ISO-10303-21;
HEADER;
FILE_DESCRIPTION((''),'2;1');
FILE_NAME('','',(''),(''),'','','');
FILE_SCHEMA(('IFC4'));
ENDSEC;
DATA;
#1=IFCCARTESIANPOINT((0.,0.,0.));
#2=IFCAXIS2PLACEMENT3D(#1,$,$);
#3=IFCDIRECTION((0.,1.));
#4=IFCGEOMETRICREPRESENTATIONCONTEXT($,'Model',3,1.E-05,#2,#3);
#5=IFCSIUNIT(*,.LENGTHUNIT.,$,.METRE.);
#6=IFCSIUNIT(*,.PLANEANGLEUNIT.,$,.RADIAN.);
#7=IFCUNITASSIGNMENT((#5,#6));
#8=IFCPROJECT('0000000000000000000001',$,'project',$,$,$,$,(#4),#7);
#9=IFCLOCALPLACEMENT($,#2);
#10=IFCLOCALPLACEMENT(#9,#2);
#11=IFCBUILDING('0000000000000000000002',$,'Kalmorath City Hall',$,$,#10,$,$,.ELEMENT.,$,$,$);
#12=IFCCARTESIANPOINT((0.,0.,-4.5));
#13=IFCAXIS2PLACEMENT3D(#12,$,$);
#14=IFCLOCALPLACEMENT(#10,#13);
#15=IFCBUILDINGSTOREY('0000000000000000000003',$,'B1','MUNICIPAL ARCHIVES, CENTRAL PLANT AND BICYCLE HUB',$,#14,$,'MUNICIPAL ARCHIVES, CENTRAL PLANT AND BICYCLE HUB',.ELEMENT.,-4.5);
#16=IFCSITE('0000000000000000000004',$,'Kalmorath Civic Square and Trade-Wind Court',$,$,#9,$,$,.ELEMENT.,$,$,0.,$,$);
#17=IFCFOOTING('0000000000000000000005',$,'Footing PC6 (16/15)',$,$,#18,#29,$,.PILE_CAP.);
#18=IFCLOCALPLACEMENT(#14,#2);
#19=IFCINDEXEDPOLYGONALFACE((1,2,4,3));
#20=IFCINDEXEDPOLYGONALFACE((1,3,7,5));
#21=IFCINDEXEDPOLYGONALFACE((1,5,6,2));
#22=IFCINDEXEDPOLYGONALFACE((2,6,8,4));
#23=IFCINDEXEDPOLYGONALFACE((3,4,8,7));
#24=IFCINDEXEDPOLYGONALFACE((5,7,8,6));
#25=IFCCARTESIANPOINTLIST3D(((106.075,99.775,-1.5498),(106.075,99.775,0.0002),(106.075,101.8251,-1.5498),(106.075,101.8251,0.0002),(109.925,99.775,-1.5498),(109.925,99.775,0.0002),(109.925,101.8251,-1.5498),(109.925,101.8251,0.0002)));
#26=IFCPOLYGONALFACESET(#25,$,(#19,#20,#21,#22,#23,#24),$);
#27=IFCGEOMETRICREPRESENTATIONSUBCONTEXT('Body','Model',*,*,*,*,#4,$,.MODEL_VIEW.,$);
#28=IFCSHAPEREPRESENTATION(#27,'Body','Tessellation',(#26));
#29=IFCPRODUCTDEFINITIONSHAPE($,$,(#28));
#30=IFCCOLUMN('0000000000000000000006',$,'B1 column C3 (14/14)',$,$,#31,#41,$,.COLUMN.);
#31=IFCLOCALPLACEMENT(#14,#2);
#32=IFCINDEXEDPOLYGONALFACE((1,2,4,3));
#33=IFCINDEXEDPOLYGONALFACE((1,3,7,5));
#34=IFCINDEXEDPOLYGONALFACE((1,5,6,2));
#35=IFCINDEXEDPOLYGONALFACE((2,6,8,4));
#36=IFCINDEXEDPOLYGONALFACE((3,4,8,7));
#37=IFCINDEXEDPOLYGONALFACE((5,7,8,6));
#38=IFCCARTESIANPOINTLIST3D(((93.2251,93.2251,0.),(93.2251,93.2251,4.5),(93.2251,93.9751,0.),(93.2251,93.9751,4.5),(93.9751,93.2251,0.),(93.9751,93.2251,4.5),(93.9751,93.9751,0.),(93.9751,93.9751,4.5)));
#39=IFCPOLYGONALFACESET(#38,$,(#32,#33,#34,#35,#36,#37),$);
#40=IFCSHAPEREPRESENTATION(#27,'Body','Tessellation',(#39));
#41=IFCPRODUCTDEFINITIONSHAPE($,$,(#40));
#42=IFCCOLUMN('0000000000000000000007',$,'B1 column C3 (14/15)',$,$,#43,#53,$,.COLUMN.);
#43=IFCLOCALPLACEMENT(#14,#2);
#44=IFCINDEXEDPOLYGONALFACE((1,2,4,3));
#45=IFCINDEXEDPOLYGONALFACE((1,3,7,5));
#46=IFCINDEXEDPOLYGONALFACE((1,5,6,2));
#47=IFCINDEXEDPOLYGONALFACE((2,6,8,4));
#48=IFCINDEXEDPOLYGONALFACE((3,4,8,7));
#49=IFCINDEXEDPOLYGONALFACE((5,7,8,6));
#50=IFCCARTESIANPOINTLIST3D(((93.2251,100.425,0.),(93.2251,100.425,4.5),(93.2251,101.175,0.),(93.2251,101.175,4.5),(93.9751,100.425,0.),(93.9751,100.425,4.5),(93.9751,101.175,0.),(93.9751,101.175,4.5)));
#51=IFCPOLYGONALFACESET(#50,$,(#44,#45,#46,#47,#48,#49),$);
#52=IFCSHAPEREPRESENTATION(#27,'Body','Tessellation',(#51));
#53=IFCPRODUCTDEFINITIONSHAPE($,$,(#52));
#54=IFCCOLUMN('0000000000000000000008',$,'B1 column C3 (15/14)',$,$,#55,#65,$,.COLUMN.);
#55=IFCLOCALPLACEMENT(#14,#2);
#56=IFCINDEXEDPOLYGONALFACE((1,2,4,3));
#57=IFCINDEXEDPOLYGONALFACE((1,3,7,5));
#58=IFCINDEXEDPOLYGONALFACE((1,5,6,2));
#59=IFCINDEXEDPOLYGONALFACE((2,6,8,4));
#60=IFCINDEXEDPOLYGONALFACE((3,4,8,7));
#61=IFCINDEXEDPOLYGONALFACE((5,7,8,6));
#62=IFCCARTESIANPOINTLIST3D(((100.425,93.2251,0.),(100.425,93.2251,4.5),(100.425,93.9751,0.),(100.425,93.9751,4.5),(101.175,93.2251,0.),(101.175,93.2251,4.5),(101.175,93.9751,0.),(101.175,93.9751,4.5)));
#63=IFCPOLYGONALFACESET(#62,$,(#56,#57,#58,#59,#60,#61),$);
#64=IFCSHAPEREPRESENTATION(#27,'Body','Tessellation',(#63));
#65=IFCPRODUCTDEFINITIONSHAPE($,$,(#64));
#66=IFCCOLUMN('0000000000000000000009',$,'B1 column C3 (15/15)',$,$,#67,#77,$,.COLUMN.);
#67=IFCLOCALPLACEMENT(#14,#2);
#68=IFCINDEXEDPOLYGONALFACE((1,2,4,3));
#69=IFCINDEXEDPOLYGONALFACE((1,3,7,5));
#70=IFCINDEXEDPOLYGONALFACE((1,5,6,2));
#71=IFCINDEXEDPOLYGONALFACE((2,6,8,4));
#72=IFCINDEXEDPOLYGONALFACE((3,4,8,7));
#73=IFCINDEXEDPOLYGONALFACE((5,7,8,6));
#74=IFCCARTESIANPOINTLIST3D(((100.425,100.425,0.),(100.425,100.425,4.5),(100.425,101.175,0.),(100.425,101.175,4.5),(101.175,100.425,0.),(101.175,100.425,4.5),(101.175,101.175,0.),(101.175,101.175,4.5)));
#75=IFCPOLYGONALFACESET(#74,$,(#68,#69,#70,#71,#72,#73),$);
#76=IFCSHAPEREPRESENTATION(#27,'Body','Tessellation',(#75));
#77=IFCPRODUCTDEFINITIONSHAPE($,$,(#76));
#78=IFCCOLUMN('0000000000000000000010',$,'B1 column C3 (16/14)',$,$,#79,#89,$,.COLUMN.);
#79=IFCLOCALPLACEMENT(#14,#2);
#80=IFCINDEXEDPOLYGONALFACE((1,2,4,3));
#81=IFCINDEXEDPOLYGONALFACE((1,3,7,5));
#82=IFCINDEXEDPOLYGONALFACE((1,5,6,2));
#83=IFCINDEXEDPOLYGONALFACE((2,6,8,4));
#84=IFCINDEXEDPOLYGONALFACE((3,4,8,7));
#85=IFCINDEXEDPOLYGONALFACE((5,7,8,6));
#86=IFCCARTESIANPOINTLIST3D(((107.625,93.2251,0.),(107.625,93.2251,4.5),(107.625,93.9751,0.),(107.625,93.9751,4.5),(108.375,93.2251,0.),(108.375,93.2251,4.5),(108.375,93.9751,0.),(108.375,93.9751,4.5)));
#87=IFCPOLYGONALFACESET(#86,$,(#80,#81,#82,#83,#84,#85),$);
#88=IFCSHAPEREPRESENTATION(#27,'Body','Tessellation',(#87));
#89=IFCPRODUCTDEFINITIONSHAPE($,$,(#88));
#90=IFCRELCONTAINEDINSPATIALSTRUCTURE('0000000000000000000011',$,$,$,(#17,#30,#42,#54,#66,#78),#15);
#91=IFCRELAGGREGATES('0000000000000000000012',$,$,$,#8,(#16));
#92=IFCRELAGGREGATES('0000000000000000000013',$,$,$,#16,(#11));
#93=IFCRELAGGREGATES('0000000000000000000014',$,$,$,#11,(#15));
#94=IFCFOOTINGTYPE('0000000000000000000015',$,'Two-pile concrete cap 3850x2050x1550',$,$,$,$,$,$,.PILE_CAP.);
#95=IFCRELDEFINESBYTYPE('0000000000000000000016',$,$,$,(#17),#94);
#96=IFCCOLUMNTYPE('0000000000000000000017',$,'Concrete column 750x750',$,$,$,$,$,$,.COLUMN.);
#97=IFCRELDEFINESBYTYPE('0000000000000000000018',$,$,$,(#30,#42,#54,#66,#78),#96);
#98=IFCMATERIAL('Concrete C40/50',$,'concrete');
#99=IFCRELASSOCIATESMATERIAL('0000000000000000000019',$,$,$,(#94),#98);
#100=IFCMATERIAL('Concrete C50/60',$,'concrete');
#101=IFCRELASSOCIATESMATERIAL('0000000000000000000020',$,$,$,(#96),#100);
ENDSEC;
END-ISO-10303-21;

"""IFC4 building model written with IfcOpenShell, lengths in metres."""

from ifc_helpers import new_model, si_unit, direction, frame, origin, origin_2d, place, context, subcontext, project, spatial, rectangle, extrude, material, material_profile, profile_set, type_object, element, save


model = new_model("IFC4")

# Units and contexts
model_context = context("Model", 3, precision=1e-05, world=origin(), true_north=direction((0.0, 1.0)))
body_context = subcontext(model_context, "Body", "Model", "MODEL_VIEW")
ifc_project = project(units=[si_unit("LENGTHUNIT", "METRE"), si_unit("PLANEANGLEUNIT", "RADIAN")], contexts=[model_context])

# Site, building, storey
site_placement = place(None, origin())
site = spatial("IfcSite", under=ifc_project, at=site_placement, Name="Kalmorath Civic Square and Trade-Wind Court", CompositionType="ELEMENT", RefElevation=0.0)
building_placement = place(site_placement, origin())
building = spatial("IfcBuilding", under=site, at=building_placement, Name="Kalmorath City Hall", CompositionType="ELEMENT")
storey_placement = place(building_placement, frame((0.0, 0.0, -4.5)))
storey = spatial("IfcBuildingStorey", under=building, at=storey_placement, Name="B1", Description="MUNICIPAL ARCHIVES, CENTRAL PLANT AND BICYCLE HUB", LongName="MUNICIPAL ARCHIVES, CENTRAL PLANT AND BICYCLE HUB", CompositionType="ELEMENT", Elevation=-4.5)

# Footing
ifc_material_1 = material(Name="Concrete C40/50", Category="concrete")
footing_type_1 = type_object("IfcFootingType", Name="Two-pile concrete cap 3850x2050x1550", PredefinedType="PILE_CAP", material=ifc_material_1)
for number, where, z_axis, x_axis, name in (
    (1, (108.0, 100.8, -1.5498), (0.0, 0.0, 1.0), (1.0, 0.0, 0.0), "Footing PC6 (16/15)"),
):
    element("IfcFooting", number, at=place(storey_placement, frame(where, z_axis=z_axis, x_axis=x_axis)), inside=storey, type_object=footing_type_1, Name=name, PredefinedType="PILE_CAP", context=body_context, shape_type="SweptSolid", body=[
        extrude(rectangle(XDim=3.8501, YDim=2.05, at=origin_2d()), origin(), (0.0, 0.0, 1.0), 1.55),
    ])

# Columns
ifc_material_2 = material(Name="Concrete C50/60", Category="concrete")
ifc_material_profile_1 = material_profile(ifc_material_2, rectangle(XDim=0.75, YDim=0.75, at=origin_2d()), Name="RC-COL-750X750")
ifc_profile_set_1 = profile_set([ifc_material_profile_1], Name="Concrete C50/60")
column_type = type_object("IfcColumnType", Name="Concrete column 750x750", PredefinedType="COLUMN", material=ifc_profile_set_1)
for number, where, z_axis, x_axis, name in (
    (2, (93.6001, 93.6001, 0.0), (0.0, 0.0, 1.0), (1.0, 0.0, 0.0), "B1 column C3 (14/14)"),
    (3, (93.6001, 100.8, 0.0), (0.0, 0.0, 1.0), (1.0, 0.0, 0.0), "B1 column C3 (14/15)"),
    (4, (100.8, 93.6001, 0.0), (0.0, 0.0, 1.0), (1.0, 0.0, 0.0), "B1 column C3 (15/14)"),
    (5, (100.8, 100.8, 0.0), (0.0, 0.0, 1.0), (1.0, 0.0, 0.0), "B1 column C3 (15/15)"),
    (6, (108.0, 93.6001, 0.0), (0.0, 0.0, 1.0), (1.0, 0.0, 0.0), "B1 column C3 (16/14)"),
):
    element("IfcColumn", number, at=place(storey_placement, frame(where, z_axis=z_axis, x_axis=x_axis)), inside=storey, type_object=column_type, Name=name, PredefinedType="COLUMN", context=body_context, shape_type="SweptSolid", body=[
        extrude(rectangle(XDim=0.75, YDim=0.75, at=origin_2d()), origin(), (0.0, 0.0, 1.0), 4.5),
    ])

save(model, "model.ifc")
